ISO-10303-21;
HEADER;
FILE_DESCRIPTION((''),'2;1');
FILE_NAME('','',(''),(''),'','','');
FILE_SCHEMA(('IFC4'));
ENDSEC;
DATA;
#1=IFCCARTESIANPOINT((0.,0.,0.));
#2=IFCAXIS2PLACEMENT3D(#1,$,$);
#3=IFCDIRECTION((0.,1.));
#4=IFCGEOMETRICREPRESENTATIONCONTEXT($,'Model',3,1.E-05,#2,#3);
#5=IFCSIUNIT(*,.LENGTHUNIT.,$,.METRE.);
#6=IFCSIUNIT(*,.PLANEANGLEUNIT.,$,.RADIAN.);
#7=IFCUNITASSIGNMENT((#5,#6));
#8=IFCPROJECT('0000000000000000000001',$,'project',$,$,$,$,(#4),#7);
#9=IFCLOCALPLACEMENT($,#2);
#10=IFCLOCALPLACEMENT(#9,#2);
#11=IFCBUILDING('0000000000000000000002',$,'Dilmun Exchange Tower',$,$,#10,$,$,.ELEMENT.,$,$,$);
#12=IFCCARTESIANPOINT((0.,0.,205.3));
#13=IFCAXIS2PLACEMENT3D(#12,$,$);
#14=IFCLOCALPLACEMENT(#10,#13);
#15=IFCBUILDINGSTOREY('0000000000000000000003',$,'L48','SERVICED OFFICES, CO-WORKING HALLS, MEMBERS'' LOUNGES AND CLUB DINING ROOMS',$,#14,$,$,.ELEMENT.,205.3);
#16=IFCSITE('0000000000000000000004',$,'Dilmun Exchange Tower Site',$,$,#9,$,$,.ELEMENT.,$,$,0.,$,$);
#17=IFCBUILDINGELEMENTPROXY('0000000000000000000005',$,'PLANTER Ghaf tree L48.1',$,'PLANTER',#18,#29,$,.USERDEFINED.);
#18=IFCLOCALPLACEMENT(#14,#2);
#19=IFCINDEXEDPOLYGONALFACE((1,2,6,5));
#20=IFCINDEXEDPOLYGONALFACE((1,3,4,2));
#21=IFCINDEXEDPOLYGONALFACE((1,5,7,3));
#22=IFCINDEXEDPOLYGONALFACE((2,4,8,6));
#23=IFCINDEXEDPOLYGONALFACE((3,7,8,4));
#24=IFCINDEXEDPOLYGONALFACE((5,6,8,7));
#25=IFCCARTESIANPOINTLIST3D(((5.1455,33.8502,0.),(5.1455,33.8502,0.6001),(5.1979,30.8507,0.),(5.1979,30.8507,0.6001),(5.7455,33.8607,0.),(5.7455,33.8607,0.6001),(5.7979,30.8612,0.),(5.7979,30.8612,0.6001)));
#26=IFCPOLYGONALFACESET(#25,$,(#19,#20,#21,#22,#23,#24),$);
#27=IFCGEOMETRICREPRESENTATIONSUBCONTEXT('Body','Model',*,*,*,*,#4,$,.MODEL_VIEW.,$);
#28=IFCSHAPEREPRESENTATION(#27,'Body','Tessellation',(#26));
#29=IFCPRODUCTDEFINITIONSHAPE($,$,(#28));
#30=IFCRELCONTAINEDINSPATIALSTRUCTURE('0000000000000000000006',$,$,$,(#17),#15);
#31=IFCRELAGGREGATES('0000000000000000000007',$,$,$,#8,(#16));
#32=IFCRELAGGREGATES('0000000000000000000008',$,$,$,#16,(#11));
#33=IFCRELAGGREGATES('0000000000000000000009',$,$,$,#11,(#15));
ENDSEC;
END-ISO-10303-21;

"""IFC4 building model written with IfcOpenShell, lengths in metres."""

from ifc_helpers import new_model, si_unit, direction, frame, origin, origin_2d, place, context, subcontext, project, spatial, rectangle, extrude, element, save


model = new_model("IFC4")

# Units and contexts
model_context = context("Model", 3, precision=1e-05, world=origin(), true_north=direction((0.0, 1.0)))
body_context = subcontext(model_context, "Body", "Model", "MODEL_VIEW")
ifc_project = project(units=[si_unit("LENGTHUNIT", "METRE"), si_unit("PLANEANGLEUNIT", "RADIAN")], contexts=[model_context])

# Site, building, storey
site_placement = place(None, origin())
site = spatial("IfcSite", under=ifc_project, at=site_placement, Name="Dilmun Exchange Tower Site", CompositionType="ELEMENT", RefElevation=0.0)
building_placement = place(site_placement, origin())
building = spatial("IfcBuilding", under=site, at=building_placement, Name="Dilmun Exchange Tower", CompositionType="ELEMENT")
storey_placement = place(building_placement, frame((0.0, 0.0, 205.3)))
storey = spatial("IfcBuildingStorey", under=building, at=storey_placement, Name="L48", Description="SERVICED OFFICES, CO-WORKING HALLS, MEMBERS' LOUNGES AND CLUB DINING ROOMS", CompositionType="ELEMENT", Elevation=205.3)

# Building element proxy
proxy_placement = place(storey_placement, frame((5.4717, 32.3557, 0.0), z_axis=(0.0, 0.0, 1.0), x_axis=(-0.017452, 0.999848, 0.0)))
element("IfcBuildingElementProxy", 1, at=proxy_placement, inside=storey, Name="PLANTER Ghaf tree L48.1", ObjectType="PLANTER", PredefinedType="USERDEFINED", context=body_context, shape_type="SweptSolid", body=[
    extrude(rectangle(XDim=3.0, YDim=0.6001, at=origin_2d()), origin(), (0.0, 0.0, 1.0), 0.6001),
])

save(model, "model.ifc")
